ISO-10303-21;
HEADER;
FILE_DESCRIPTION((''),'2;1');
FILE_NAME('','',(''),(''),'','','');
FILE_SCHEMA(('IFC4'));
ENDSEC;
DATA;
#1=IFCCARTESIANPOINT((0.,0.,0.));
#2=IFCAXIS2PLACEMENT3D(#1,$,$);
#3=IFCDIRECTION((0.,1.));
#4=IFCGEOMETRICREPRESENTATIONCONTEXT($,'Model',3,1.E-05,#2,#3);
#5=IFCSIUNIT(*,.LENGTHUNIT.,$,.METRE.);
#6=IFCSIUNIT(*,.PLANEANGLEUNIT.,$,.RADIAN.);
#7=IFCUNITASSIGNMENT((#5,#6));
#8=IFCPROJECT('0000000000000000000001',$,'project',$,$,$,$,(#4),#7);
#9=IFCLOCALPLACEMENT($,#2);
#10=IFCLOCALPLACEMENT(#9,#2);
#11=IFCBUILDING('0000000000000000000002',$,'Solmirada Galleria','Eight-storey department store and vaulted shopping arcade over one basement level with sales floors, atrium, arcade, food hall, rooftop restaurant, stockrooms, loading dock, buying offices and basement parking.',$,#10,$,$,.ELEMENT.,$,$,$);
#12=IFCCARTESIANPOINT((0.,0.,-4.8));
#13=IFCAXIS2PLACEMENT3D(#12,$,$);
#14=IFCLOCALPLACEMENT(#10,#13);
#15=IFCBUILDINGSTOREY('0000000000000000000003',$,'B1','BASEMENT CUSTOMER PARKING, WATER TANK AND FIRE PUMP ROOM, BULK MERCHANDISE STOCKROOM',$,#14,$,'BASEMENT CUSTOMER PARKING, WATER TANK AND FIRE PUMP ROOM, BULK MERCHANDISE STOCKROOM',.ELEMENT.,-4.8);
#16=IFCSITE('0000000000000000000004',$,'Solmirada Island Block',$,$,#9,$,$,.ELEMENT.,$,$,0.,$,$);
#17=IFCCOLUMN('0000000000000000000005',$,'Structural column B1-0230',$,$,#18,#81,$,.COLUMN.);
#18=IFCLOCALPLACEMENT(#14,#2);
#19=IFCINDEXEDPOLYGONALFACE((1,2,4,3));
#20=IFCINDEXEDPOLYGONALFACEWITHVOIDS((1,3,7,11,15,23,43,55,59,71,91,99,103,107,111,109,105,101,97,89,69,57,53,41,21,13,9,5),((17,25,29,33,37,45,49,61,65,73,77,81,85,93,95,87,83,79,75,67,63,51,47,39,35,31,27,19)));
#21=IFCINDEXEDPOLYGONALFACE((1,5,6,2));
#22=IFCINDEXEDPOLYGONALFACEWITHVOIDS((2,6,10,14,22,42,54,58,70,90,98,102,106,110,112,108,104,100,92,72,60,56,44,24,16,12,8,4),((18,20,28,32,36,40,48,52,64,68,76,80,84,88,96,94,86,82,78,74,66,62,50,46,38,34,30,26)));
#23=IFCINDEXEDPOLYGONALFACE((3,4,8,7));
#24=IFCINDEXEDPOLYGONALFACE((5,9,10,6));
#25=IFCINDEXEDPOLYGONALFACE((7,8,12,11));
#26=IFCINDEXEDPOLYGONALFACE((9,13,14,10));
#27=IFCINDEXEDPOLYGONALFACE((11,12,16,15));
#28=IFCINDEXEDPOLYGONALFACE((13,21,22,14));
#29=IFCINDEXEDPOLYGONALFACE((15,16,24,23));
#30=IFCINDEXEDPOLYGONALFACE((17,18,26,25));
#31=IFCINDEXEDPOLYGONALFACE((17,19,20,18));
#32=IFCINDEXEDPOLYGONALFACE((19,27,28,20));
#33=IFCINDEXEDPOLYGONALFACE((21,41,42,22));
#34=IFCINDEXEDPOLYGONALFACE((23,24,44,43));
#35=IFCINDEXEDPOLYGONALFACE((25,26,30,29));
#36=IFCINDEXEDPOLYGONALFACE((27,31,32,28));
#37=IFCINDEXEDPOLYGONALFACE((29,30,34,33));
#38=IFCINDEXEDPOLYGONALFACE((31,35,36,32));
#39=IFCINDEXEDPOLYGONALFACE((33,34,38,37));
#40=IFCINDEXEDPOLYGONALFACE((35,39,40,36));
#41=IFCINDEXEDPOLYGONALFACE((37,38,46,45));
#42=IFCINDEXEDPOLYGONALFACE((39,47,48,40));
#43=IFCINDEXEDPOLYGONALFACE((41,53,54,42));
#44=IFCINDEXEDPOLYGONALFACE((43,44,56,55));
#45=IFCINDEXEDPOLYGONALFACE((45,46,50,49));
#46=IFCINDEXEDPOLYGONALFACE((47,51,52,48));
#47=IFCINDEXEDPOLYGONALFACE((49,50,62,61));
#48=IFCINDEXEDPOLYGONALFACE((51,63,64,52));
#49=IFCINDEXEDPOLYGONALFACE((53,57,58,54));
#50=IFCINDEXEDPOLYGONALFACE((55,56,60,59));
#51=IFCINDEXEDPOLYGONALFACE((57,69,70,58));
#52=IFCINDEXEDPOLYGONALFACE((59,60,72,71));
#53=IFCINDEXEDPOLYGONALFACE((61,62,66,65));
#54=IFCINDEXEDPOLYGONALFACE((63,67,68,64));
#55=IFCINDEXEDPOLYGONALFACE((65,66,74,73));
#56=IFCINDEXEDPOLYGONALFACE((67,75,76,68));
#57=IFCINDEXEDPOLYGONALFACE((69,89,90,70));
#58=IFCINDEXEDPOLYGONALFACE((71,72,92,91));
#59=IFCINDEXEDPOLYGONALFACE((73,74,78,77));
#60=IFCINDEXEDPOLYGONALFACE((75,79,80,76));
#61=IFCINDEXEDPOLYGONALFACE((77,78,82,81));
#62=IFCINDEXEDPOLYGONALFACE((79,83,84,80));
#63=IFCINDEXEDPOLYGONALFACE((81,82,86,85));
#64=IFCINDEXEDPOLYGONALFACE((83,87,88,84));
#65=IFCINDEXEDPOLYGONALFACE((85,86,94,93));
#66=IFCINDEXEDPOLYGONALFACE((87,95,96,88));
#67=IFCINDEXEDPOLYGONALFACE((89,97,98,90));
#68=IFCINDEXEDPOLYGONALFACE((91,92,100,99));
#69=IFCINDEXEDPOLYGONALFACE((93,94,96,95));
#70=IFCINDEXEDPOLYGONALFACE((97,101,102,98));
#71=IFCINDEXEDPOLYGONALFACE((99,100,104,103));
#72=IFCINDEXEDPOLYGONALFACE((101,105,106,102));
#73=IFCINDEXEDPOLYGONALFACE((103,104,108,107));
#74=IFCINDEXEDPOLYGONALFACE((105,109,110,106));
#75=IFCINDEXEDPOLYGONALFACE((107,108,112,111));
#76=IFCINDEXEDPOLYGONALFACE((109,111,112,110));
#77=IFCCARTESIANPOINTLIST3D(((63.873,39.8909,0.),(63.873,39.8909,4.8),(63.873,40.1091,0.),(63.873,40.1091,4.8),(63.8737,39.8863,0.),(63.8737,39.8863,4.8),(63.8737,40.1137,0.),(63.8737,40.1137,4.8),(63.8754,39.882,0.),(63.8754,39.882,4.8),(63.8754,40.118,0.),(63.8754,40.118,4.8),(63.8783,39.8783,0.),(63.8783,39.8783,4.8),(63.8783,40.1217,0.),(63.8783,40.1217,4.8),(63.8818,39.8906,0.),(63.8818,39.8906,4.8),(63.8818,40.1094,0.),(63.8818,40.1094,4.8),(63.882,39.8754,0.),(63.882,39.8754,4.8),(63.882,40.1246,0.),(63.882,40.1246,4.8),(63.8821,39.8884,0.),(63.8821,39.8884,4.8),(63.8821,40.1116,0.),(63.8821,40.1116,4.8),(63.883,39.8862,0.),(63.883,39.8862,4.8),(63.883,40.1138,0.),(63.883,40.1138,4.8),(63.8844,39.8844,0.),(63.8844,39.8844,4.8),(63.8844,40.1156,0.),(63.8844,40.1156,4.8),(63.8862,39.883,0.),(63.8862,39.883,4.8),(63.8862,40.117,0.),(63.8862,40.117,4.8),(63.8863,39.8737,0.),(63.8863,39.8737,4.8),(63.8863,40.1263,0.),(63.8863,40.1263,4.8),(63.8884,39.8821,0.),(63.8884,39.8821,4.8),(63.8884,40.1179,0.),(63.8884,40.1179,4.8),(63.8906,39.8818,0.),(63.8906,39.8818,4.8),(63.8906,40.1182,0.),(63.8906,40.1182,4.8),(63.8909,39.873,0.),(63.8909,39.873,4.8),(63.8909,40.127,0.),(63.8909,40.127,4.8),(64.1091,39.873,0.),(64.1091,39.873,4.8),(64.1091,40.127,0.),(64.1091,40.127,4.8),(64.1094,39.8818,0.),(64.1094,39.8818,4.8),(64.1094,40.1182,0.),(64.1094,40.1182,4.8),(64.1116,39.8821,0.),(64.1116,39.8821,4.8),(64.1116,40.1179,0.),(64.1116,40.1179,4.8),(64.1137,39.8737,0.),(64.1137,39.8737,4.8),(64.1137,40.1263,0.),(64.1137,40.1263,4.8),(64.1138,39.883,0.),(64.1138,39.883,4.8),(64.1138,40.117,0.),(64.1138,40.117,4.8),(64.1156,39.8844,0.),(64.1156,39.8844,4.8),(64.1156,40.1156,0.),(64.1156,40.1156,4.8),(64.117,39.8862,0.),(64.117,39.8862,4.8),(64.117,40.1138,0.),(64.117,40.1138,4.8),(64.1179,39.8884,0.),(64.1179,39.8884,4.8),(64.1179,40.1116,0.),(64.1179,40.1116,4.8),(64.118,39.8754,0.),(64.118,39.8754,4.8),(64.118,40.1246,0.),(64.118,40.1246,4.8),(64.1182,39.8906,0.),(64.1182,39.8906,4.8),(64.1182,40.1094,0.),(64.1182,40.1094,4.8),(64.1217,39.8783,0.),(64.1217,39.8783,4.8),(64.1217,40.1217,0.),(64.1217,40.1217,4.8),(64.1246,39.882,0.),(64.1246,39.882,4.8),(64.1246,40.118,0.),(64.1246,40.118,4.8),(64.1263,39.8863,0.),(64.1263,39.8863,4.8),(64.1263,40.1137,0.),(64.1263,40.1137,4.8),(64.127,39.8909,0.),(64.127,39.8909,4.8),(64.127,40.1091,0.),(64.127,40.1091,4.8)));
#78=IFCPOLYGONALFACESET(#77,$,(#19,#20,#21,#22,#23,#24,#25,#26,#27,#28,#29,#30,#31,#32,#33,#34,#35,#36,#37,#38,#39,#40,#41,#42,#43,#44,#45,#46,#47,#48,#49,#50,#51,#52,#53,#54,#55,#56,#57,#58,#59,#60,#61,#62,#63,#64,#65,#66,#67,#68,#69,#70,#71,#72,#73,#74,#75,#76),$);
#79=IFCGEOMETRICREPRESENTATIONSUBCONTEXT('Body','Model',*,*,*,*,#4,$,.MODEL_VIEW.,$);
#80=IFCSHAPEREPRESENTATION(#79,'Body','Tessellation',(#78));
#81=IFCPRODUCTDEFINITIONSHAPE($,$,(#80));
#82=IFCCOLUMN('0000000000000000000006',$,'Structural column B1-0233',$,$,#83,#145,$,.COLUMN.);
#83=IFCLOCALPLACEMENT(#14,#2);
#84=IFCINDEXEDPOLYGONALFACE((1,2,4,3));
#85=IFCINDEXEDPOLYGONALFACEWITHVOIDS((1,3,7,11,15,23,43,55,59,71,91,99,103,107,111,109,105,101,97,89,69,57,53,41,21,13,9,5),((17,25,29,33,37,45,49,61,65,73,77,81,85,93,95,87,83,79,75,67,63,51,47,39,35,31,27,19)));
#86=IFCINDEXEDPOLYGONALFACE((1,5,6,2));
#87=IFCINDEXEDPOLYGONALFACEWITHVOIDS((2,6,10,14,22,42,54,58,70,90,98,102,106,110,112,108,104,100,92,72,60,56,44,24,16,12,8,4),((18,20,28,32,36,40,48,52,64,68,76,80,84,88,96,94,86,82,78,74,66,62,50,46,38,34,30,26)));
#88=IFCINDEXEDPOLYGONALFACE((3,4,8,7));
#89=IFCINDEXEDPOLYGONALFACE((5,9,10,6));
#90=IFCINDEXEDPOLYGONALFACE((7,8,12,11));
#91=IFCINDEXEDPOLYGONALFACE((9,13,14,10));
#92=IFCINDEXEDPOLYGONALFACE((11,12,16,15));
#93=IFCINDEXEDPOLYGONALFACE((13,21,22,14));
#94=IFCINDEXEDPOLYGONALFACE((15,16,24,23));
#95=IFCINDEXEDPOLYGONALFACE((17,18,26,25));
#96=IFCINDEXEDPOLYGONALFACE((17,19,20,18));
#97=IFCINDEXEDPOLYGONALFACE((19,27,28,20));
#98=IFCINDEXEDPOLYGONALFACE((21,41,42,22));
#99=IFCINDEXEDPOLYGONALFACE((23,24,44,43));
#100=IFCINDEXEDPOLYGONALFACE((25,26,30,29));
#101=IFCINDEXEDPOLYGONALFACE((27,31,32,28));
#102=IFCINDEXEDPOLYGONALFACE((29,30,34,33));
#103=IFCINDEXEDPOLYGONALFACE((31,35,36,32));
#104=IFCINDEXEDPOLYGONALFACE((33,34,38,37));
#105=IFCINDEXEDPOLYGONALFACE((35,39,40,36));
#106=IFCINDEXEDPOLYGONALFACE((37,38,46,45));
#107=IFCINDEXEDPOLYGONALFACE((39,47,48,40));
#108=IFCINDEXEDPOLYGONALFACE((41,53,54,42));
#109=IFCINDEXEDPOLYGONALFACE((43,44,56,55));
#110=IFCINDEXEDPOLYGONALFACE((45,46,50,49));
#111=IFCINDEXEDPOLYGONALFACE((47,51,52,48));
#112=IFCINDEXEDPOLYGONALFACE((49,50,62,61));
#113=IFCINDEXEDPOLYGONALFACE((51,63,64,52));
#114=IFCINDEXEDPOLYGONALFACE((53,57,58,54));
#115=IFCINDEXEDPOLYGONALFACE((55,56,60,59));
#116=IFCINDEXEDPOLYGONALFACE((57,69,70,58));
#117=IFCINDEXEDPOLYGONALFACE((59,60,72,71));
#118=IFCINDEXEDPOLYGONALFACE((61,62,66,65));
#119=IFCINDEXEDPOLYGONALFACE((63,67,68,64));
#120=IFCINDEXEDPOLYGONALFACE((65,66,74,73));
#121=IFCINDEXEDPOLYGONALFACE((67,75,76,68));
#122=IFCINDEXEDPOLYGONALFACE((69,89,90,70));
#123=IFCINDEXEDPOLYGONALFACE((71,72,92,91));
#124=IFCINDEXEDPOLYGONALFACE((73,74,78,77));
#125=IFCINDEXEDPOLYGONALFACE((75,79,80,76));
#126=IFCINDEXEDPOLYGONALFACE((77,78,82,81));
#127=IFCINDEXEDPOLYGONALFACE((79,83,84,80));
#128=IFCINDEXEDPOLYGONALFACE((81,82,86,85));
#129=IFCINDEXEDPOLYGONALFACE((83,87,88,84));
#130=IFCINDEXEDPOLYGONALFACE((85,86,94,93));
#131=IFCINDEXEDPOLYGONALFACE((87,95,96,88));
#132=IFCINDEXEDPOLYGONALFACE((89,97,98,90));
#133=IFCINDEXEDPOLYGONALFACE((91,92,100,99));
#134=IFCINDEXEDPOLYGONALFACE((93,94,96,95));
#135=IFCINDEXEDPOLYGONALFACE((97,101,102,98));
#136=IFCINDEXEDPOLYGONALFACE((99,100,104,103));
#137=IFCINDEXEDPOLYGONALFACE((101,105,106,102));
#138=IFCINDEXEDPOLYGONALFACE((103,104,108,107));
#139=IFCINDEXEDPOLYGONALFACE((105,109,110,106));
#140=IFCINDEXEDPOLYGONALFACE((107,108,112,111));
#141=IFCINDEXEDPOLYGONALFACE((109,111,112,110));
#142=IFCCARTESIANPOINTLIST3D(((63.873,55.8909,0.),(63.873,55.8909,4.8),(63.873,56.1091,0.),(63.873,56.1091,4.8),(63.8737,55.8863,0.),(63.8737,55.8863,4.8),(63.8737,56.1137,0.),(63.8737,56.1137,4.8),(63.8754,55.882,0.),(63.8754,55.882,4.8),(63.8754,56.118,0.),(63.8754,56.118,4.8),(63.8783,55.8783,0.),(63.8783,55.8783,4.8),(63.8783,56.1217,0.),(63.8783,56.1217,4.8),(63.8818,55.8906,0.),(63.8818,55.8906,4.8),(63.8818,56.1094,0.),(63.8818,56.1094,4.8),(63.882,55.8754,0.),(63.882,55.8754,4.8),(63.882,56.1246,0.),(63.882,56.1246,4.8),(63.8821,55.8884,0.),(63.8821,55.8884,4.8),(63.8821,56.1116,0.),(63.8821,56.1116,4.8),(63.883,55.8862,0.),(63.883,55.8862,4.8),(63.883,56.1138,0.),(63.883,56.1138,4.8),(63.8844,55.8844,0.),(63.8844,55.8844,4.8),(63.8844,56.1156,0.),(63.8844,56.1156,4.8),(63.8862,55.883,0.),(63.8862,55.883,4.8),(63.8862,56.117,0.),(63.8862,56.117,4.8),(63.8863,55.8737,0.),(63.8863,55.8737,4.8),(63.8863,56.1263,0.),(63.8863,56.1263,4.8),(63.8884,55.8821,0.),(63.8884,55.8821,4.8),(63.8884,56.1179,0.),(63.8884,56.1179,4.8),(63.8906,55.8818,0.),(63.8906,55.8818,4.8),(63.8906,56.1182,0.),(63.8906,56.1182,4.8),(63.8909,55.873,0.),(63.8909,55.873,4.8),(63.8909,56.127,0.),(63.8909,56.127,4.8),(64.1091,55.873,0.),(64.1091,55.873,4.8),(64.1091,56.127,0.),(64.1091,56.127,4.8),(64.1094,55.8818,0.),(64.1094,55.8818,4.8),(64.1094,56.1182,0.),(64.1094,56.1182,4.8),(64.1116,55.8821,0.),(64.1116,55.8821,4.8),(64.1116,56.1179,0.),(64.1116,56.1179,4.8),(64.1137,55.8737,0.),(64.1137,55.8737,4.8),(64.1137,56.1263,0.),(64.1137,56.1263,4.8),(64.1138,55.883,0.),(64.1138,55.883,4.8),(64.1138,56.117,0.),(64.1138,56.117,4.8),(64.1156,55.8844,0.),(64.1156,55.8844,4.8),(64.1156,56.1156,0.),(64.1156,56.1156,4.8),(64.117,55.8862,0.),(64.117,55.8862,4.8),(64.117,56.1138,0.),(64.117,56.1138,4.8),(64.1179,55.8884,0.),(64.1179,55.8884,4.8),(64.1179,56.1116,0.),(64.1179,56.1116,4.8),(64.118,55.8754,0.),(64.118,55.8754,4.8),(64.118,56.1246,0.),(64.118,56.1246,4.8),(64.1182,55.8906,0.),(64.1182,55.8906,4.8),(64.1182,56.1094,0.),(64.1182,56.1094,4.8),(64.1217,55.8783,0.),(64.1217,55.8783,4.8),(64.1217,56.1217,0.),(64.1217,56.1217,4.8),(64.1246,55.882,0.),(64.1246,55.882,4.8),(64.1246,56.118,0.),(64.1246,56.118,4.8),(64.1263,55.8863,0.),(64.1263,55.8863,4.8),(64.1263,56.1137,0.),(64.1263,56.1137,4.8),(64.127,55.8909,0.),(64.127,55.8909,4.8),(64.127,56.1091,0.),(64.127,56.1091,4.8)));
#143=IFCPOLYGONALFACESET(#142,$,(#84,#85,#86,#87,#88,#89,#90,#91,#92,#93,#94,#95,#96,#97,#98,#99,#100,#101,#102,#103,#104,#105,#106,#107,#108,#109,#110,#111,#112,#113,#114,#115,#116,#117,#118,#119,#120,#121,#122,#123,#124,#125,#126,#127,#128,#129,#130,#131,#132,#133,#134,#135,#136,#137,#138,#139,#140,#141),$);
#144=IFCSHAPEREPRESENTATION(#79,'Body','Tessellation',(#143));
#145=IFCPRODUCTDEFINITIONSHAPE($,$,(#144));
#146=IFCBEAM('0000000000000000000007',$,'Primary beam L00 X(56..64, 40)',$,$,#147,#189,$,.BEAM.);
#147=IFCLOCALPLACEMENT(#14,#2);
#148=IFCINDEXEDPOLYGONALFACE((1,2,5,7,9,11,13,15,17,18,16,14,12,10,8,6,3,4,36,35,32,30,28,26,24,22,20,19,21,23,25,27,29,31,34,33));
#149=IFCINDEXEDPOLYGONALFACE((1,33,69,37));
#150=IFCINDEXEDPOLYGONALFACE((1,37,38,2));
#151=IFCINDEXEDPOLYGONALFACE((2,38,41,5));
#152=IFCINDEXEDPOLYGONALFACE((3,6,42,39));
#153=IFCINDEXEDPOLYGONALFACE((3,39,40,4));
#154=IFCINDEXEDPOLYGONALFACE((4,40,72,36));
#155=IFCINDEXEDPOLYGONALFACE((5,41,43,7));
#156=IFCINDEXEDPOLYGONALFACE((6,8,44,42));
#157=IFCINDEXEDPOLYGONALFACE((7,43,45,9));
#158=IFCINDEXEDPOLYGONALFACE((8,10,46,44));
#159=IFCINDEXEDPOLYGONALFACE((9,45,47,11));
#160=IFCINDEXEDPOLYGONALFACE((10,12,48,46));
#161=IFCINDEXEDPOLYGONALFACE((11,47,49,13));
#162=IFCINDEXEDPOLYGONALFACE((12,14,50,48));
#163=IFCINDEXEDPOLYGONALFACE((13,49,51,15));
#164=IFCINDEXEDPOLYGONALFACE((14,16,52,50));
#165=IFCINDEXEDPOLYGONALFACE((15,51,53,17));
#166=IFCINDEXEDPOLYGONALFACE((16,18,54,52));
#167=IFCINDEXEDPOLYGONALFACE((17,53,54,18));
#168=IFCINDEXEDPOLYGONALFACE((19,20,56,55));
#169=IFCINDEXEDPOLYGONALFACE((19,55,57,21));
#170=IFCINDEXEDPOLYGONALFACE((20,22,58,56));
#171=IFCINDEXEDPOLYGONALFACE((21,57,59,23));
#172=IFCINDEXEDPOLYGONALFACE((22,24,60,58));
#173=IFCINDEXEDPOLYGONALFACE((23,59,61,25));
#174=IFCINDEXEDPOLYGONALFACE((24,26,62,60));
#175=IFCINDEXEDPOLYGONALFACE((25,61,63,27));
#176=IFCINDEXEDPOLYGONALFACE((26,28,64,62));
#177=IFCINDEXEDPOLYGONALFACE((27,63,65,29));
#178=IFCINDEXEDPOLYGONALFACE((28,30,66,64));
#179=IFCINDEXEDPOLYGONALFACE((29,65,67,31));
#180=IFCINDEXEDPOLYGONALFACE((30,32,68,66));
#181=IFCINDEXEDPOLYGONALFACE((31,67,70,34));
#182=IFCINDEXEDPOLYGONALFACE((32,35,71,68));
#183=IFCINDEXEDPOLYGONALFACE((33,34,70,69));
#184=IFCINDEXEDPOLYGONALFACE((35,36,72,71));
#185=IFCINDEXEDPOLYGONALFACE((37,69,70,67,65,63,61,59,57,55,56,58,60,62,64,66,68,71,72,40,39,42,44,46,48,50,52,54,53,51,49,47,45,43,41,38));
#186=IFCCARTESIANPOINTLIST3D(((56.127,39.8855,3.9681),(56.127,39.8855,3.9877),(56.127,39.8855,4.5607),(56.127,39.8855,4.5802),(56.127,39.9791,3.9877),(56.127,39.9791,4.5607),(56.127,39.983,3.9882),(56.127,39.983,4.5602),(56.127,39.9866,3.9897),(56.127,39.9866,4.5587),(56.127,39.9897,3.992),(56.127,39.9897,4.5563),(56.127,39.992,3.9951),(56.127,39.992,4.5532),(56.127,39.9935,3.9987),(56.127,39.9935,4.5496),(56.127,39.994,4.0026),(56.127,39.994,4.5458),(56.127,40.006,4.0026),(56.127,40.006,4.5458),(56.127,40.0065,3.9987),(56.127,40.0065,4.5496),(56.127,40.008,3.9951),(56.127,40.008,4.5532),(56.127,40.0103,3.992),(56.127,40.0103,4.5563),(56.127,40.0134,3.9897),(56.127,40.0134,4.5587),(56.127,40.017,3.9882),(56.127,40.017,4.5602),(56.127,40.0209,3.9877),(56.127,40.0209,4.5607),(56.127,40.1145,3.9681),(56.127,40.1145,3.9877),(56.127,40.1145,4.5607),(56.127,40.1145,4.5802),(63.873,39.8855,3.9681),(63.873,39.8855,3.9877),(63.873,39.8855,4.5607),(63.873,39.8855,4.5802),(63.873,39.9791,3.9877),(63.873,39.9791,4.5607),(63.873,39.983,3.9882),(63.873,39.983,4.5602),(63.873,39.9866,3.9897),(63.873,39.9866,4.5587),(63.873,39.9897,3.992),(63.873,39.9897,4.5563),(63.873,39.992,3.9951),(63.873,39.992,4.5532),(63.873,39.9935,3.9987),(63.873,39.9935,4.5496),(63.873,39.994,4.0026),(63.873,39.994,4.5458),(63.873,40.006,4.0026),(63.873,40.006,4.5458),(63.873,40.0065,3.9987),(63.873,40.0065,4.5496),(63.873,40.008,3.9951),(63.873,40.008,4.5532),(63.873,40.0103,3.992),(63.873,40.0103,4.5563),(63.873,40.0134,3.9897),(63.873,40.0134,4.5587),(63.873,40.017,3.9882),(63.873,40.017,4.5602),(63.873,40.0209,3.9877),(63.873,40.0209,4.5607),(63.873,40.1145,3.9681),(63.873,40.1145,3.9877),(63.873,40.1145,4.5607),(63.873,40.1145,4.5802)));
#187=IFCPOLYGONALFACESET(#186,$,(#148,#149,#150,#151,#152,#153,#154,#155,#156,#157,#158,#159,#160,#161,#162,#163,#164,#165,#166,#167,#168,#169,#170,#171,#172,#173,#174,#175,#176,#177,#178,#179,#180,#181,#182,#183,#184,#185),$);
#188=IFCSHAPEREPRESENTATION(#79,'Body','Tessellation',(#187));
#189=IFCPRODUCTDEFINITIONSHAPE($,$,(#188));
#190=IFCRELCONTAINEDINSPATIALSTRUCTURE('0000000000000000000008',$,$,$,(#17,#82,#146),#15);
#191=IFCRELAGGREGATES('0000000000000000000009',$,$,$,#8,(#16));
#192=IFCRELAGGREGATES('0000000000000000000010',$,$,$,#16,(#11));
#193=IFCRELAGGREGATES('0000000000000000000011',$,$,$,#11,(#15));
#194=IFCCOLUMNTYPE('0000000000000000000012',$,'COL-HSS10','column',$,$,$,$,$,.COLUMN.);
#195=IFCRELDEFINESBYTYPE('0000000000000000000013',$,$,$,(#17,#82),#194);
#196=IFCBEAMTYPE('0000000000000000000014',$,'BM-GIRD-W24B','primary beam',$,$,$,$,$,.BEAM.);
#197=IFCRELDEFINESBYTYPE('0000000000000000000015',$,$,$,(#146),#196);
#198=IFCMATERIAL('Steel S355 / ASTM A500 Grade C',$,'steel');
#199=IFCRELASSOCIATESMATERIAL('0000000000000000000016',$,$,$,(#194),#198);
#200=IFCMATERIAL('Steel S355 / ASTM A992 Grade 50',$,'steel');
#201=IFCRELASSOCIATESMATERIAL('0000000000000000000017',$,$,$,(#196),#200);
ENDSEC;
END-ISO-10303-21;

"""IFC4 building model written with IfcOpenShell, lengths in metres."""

from ifc_helpers import new_model, si_unit, direction, frame, origin, origin_2d, place, context, subcontext, project, spatial, hollow_rectangle, i_section, extrude, material, material_profile, profile_set, type_object, element, save


model = new_model("IFC4")

# Units and contexts
model_context = context("Model", 3, precision=1e-05, world=origin(), true_north=direction((0.0, 1.0)))
body_context = subcontext(model_context, "Body", "Model", "MODEL_VIEW")
ifc_project = project(units=[si_unit("LENGTHUNIT", "METRE"), si_unit("PLANEANGLEUNIT", "RADIAN")], contexts=[model_context])

# Site, building, storey
site_placement = place(None, origin())
site = spatial("IfcSite", under=ifc_project, at=site_placement, Name="Solmirada Island Block", CompositionType="ELEMENT", RefElevation=0.0)
building_placement = place(site_placement, origin())
building = spatial("IfcBuilding", under=site, at=building_placement, Name="Solmirada Galleria", Description="Eight-storey department store and vaulted shopping arcade over one basement level with sales floors, atrium, arcade, food hall, rooftop restaurant, stockrooms, loading dock, buying offices and basement parking.", CompositionType="ELEMENT")
storey_placement = place(building_placement, frame((0.0, 0.0, -4.8)))
storey = spatial("IfcBuildingStorey", under=building, at=storey_placement, Name="B1", Description="BASEMENT CUSTOMER PARKING, WATER TANK AND FIRE PUMP ROOM, BULK MERCHANDISE STOCKROOM", LongName="BASEMENT CUSTOMER PARKING, WATER TANK AND FIRE PUMP ROOM, BULK MERCHANDISE STOCKROOM", CompositionType="ELEMENT", Elevation=-4.8)

# Columns
ifc_material_1 = material(Name="Steel S355 / ASTM A500 Grade C", Category="steel")
ifc_material_profile_1 = material_profile(ifc_material_1, hollow_rectangle(XDim=0.2539, YDim=0.2539, WallThickness=0.0088, InnerFilletRadius=0.0088, OuterFilletRadius=0.0178, at=origin_2d()), Name="HSS10X10X3/8")
ifc_profile_set_1 = profile_set([ifc_material_profile_1], Name="Steel S355 / ASTM A500 Grade C")
column_type = type_object("IfcColumnType", Name="COL-HSS10", Description="column", PredefinedType="COLUMN", material=ifc_profile_set_1)
for number, where, z_axis, x_axis, name in (
    (1, (64.0, 40.0, 0.0), (0.0, 0.0, 1.0), (1.0, 0.0, 0.0), "Structural column B1-0230"),
    (2, (64.0, 56.0, 0.0), (0.0, 0.0, 1.0), (1.0, 0.0, 0.0), "Structural column B1-0233"),
):
    element("IfcColumn", number, at=place(storey_placement, frame(where, z_axis=z_axis, x_axis=x_axis)), inside=storey, type_object=column_type, Name=name, PredefinedType="COLUMN", context=body_context, shape_type="SweptSolid", body=[
        extrude(hollow_rectangle(XDim=0.2539, YDim=0.2539, WallThickness=0.0088, InnerFilletRadius=0.0088, OuterFilletRadius=0.0178, at=origin_2d()), origin(), (0.0, 0.0, 1.0), 4.8),
    ])

# Beam
ifc_material_2 = material(Name="Steel S355 / ASTM A992 Grade 50", Category="steel")
ifc_material_profile_2 = material_profile(ifc_material_2, i_section(OverallWidth=0.229, OverallDepth=0.6121, WebThickness=0.012, FlangeThickness=0.0195, FilletRadius=0.0149, at=origin_2d()), Name="W24X84")
ifc_profile_set_2 = profile_set([ifc_material_profile_2], Name="Steel S355 / ASTM A992 Grade 50")
beam_type_1 = type_object("IfcBeamType", Name="BM-GIRD-W24B", Description="primary beam", PredefinedType="BEAM", material=ifc_profile_set_2)
for number, where, z_axis, x_axis, name in (
    (3, (56.127, 40.0, 4.2742), (1.0, 0.0, 0.0), (0.0, 1.0, 0.0), "Primary beam L00 X(56..64, 40)"),
):
    element("IfcBeam", number, at=place(storey_placement, frame(where, z_axis=z_axis, x_axis=x_axis)), inside=storey, type_object=beam_type_1, Name=name, PredefinedType="BEAM", context=body_context, shape_type="SweptSolid", body=[
        extrude(i_section(OverallWidth=0.229, OverallDepth=0.6121, WebThickness=0.012, FlangeThickness=0.0195, FilletRadius=0.0149, at=origin_2d()), origin(), (0.0, 0.0, 1.0), 7.7461),
    ])

save(model, "model.ifc")
